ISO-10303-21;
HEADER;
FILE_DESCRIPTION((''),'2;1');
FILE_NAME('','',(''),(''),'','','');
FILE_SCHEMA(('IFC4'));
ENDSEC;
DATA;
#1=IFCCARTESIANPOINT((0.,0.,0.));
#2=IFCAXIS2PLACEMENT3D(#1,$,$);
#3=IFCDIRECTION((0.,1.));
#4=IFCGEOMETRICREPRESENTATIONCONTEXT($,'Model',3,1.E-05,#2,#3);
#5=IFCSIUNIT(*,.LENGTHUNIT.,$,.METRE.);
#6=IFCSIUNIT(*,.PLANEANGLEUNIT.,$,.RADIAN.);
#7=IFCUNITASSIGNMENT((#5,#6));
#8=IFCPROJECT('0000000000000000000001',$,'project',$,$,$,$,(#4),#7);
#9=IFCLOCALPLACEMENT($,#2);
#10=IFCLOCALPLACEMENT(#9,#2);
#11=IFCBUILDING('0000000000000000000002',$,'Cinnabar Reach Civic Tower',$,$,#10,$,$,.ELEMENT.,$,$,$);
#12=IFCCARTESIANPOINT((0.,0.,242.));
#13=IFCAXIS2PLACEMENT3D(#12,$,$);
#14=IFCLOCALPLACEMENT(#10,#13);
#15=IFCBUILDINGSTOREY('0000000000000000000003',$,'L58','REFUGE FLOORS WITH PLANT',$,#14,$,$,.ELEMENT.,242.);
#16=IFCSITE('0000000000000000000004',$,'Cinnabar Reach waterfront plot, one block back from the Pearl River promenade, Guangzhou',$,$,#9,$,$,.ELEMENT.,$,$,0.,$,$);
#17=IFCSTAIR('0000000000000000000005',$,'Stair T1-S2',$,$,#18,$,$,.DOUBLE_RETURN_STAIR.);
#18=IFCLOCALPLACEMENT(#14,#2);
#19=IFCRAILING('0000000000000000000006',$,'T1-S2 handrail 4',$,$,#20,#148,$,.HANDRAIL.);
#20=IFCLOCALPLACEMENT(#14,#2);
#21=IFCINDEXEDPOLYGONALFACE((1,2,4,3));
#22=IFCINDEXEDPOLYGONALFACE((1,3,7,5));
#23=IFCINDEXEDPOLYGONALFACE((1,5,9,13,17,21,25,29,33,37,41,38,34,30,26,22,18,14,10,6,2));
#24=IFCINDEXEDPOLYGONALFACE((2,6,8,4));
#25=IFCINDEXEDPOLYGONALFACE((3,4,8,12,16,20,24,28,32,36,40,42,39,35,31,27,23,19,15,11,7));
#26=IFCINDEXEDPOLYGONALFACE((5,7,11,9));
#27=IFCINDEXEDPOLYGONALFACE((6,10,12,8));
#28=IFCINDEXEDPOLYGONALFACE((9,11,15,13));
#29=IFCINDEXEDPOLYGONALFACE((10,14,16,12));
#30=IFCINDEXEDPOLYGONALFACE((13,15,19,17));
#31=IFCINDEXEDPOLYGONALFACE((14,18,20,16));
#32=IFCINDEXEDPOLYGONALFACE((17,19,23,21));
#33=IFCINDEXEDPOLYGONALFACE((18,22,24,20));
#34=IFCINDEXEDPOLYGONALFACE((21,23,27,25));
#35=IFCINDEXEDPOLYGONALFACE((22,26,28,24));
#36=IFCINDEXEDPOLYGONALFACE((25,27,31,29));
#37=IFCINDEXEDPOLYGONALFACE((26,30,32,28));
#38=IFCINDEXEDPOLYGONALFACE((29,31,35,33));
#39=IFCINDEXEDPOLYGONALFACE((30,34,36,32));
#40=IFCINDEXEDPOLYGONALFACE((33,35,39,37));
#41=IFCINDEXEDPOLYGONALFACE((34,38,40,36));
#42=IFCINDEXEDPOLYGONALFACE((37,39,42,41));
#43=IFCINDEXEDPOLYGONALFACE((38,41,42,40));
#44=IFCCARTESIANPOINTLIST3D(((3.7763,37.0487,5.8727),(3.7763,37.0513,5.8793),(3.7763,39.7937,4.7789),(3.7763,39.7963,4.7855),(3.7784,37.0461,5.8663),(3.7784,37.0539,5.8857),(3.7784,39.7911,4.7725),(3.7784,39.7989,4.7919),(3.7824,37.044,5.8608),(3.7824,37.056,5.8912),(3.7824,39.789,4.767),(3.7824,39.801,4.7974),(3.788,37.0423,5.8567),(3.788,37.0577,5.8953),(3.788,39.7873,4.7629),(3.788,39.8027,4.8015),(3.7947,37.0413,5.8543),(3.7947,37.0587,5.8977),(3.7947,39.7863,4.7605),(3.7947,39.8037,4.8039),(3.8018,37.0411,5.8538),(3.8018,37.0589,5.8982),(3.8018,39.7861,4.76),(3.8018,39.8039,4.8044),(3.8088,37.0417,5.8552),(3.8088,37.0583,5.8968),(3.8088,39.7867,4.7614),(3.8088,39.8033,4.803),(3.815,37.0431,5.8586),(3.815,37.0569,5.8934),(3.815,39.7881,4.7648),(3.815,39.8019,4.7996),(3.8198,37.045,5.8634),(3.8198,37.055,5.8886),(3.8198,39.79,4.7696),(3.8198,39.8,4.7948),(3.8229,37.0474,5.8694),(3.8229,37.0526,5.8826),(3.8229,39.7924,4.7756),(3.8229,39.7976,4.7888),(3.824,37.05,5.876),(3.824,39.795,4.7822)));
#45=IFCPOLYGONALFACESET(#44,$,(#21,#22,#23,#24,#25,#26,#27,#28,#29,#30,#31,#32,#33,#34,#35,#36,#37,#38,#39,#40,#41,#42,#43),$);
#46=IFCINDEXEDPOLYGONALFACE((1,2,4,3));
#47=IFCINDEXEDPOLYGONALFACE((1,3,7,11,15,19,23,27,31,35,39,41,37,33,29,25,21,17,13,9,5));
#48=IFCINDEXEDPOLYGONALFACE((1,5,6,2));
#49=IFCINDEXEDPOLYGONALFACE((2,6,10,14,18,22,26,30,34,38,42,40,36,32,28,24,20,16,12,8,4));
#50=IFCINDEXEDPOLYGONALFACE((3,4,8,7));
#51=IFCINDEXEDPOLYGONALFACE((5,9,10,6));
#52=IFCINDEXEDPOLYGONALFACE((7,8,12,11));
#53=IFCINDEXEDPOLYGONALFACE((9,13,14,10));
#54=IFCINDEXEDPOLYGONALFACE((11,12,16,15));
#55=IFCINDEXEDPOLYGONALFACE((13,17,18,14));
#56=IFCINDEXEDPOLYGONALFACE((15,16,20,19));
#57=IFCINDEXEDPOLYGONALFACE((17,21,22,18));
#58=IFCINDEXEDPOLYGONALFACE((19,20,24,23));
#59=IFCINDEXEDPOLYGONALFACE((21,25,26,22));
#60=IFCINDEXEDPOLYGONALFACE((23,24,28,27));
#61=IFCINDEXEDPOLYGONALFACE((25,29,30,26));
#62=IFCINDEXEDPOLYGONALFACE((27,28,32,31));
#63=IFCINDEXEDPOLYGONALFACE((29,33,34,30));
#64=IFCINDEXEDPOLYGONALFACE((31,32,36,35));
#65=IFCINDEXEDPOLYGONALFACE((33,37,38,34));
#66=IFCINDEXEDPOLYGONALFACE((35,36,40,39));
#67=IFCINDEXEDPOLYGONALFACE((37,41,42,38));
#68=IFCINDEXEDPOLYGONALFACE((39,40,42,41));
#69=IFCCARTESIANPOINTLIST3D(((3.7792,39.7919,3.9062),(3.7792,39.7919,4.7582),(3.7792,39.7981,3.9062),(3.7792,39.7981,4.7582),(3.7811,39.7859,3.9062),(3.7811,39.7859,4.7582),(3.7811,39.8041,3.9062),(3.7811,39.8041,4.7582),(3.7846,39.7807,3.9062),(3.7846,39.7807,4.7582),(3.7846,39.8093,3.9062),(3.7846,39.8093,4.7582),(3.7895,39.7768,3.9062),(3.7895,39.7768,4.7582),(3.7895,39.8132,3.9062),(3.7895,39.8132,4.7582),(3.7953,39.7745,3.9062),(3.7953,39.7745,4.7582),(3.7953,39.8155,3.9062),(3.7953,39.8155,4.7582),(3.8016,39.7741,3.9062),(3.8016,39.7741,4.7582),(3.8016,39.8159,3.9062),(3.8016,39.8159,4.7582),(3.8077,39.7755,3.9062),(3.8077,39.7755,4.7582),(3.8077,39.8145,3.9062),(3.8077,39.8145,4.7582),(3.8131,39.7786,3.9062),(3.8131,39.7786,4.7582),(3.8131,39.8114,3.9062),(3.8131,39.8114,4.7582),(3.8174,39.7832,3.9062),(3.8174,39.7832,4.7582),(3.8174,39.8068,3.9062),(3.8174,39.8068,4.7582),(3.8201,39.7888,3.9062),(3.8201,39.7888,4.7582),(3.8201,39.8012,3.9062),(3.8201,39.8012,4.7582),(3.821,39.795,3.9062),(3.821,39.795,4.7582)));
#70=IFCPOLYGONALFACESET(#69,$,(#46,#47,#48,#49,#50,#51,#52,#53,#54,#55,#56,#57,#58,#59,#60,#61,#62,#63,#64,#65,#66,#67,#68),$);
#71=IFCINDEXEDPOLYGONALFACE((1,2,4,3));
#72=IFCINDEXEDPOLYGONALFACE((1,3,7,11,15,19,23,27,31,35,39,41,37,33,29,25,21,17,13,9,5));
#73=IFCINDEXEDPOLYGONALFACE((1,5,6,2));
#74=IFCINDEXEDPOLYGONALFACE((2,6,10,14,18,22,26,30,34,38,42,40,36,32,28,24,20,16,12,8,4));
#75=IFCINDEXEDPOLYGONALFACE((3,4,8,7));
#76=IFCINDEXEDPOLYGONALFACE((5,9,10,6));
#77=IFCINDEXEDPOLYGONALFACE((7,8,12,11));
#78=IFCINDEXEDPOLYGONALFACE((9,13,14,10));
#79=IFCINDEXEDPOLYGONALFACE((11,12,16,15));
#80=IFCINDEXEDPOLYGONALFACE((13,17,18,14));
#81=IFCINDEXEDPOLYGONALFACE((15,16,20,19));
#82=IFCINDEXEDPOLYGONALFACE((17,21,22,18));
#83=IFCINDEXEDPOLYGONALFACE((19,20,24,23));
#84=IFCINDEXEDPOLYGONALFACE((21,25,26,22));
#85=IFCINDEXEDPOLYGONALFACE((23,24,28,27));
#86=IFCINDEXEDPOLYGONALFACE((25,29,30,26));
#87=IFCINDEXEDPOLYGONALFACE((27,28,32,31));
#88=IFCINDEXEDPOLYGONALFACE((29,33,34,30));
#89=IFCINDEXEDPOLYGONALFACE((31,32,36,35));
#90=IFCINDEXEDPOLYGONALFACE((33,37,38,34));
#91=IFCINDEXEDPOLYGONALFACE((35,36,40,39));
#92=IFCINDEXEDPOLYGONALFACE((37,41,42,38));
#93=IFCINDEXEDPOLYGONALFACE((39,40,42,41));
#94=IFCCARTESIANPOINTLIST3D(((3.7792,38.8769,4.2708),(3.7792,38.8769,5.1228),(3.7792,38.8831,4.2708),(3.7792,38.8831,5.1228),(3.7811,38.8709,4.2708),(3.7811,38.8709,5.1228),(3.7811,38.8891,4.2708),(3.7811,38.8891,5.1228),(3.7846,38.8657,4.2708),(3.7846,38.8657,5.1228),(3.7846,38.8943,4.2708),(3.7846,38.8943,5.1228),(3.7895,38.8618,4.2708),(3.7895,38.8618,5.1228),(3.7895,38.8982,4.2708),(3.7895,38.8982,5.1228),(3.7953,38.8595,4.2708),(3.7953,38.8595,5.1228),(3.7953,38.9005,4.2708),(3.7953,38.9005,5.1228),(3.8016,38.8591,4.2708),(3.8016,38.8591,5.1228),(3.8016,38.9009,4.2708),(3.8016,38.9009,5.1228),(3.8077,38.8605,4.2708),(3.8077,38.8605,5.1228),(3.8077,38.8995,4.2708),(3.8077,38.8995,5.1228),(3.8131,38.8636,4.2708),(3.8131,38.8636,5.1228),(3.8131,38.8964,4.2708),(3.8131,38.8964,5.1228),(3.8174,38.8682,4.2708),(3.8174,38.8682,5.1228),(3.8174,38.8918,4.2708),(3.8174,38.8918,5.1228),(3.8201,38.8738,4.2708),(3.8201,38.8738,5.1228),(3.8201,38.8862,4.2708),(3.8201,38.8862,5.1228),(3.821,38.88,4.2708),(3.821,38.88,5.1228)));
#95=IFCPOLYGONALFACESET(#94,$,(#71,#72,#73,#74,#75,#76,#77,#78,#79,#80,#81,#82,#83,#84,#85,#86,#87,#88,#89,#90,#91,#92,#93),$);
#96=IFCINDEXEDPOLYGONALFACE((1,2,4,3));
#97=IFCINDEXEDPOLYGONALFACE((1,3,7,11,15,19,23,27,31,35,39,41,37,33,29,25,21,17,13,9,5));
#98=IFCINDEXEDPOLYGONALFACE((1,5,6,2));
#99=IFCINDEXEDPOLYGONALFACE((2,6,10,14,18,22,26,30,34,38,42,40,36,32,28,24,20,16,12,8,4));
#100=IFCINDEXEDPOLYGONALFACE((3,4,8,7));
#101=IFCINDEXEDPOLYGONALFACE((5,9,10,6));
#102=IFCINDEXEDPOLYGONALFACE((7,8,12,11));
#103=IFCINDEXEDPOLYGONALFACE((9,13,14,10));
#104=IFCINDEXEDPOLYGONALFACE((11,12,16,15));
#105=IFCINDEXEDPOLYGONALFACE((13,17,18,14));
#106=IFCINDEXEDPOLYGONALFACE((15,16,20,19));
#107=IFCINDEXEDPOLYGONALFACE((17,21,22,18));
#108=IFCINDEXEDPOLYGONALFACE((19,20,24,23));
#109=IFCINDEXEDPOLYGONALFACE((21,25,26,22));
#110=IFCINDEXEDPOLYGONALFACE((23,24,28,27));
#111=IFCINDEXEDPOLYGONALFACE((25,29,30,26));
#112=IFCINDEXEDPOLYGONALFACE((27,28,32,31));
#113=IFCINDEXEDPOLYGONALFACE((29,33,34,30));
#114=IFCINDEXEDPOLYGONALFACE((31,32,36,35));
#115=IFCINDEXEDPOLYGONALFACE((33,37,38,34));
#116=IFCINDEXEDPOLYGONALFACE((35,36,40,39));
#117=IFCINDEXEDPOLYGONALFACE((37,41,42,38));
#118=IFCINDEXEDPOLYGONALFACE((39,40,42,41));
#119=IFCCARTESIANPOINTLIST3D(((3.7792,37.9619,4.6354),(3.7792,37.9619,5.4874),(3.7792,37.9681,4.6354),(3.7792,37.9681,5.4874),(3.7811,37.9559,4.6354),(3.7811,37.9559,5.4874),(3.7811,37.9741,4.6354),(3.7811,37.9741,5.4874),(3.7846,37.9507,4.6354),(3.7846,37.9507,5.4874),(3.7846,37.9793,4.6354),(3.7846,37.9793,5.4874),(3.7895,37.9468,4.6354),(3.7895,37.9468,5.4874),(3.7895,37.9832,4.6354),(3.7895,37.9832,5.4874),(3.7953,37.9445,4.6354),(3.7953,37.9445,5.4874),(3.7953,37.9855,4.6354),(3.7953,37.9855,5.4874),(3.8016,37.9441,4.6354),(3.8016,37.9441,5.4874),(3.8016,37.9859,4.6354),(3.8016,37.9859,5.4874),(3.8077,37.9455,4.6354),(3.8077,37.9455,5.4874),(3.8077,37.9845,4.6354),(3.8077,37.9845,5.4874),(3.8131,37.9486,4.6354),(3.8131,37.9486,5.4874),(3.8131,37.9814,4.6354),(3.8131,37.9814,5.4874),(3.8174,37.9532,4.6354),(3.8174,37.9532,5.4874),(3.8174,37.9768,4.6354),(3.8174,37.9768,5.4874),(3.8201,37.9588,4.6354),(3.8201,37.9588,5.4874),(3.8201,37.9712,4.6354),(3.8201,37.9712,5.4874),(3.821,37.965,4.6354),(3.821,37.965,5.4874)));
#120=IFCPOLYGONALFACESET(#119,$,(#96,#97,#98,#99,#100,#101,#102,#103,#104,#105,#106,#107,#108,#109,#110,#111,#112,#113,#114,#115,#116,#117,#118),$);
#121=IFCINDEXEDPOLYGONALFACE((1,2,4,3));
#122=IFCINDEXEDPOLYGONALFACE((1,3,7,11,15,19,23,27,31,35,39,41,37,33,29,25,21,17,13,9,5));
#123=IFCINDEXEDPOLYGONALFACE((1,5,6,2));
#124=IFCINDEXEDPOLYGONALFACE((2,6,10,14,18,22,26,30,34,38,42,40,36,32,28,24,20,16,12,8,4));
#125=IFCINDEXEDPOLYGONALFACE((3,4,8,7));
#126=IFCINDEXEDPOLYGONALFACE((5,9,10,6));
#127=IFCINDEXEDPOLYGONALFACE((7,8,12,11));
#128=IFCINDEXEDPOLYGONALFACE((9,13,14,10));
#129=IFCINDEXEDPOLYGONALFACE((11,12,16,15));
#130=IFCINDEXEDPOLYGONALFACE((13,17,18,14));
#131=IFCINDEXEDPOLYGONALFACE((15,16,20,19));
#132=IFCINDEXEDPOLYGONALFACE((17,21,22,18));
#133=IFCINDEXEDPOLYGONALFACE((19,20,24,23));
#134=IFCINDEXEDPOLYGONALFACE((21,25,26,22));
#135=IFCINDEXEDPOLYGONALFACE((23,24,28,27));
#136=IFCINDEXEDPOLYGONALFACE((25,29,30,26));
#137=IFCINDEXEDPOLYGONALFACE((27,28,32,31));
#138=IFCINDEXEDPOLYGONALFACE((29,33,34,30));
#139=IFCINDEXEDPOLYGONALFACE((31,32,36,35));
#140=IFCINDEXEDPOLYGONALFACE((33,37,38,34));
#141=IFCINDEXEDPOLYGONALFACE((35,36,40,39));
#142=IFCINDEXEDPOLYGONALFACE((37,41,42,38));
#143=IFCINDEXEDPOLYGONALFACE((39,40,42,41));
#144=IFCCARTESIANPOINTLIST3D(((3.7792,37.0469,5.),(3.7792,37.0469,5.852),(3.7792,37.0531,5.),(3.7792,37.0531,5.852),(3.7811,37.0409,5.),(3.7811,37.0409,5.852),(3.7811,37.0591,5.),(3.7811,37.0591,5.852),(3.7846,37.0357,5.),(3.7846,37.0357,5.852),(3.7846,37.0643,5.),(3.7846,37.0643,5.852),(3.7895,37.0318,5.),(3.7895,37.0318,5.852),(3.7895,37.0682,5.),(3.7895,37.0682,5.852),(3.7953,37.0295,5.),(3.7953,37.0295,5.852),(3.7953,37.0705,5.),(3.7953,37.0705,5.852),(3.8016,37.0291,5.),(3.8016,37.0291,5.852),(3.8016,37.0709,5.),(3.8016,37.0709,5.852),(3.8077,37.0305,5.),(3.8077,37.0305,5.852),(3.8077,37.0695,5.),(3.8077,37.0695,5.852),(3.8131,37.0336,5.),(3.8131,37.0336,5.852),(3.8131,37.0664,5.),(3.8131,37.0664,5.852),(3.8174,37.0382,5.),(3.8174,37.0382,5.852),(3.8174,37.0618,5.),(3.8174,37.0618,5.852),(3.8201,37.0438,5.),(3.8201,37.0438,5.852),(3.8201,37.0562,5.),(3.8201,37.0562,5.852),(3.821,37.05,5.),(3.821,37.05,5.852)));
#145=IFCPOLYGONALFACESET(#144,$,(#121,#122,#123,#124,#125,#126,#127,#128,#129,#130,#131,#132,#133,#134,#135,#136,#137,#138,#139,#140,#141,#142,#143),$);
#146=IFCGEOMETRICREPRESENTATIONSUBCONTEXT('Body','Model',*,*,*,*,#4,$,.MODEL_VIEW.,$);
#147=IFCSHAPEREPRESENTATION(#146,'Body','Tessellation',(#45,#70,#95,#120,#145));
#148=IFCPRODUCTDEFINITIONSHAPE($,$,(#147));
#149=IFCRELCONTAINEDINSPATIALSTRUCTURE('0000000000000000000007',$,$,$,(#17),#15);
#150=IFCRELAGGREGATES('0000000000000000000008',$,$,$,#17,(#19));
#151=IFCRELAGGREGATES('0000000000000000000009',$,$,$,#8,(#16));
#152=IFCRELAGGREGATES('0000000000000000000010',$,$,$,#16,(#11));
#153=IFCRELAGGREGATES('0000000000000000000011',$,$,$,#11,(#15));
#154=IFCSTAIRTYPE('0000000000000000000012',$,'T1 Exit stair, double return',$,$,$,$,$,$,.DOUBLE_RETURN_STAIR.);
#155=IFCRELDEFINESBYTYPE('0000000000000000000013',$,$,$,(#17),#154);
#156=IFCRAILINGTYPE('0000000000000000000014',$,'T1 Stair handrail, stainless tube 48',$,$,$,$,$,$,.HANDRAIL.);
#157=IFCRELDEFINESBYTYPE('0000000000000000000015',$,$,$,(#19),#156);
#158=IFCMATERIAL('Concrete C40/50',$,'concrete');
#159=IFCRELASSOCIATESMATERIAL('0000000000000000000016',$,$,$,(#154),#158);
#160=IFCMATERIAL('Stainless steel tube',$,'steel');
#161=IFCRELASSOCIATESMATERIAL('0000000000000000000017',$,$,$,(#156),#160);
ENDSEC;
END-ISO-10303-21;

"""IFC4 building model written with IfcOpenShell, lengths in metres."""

from ifc_helpers import new_model, si_unit, direction, frame, origin, origin_2d, place, context, subcontext, project, spatial, circle, extrude, material, type_object, element, aggregate, save


model = new_model("IFC4")

# Units and contexts
model_context = context("Model", 3, precision=1e-05, world=origin(), true_north=direction((0.0, 1.0)))
body_context = subcontext(model_context, "Body", "Model", "MODEL_VIEW")
ifc_project = project(units=[si_unit("LENGTHUNIT", "METRE"), si_unit("PLANEANGLEUNIT", "RADIAN")], contexts=[model_context])

# Site, building, storey
site_placement = place(None, origin())
site = spatial("IfcSite", under=ifc_project, at=site_placement, Name="Cinnabar Reach waterfront plot, one block back from the Pearl River promenade, Guangzhou", CompositionType="ELEMENT", RefElevation=0.0)
building_placement = place(site_placement, origin())
building = spatial("IfcBuilding", under=site, at=building_placement, Name="Cinnabar Reach Civic Tower", CompositionType="ELEMENT")
storey_placement = place(building_placement, frame((0.0, 0.0, 242.0)))
storey = spatial("IfcBuildingStorey", under=building, at=storey_placement, Name="L58", Description="REFUGE FLOORS WITH PLANT", CompositionType="ELEMENT", Elevation=242.0)

# Shared definitions
ifc_material_1 = material(Name="Concrete C40/50", Category="concrete")

# Stair, railing
stair_type = type_object("IfcStairType", Name="T1 Exit stair, double return", PredefinedType="DOUBLE_RETURN_STAIR", material=ifc_material_1)
stair_placement = place(storey_placement, origin())
stair = element("IfcStair", 1, at=stair_placement, inside=storey, type_object=stair_type, Name="Stair T1-S2", PredefinedType="DOUBLE_RETURN_STAIR")
ifc_material_2 = material(Name="Stainless steel tube", Category="steel")
railing_type = type_object("IfcRailingType", Name="T1 Stair handrail, stainless tube 48", PredefinedType="HANDRAIL", material=ifc_material_2)
railing_1_placement = place(storey_placement, frame((3.8, 39.795, 3.9062)))
railing_1 = element("IfcRailing", 2, at=railing_1_placement, type_object=railing_type, Name="T1-S2 handrail 4", PredefinedType="HANDRAIL", context=body_context, shape_type="SweptSolid", body=[
    extrude(circle(Radius=0.024, at=origin_2d()), frame((0.0, 0.0, 0.876), z_axis=(0.0, -0.928966, 0.370165), x_axis=(1.0, 0.0, 0.0)), (0.0, 0.0, 1.0), 2.9549),
    extrude(circle(Radius=0.021, at=origin_2d()), origin(), (0.0, 0.0, 1.0), 0.852),
    extrude(circle(Radius=0.021, at=origin_2d()), frame((0.0, -0.915, 0.3646)), (0.0, 0.0, 1.0), 0.852),
    extrude(circle(Radius=0.021, at=origin_2d()), frame((0.0, -1.83, 0.7292)), (0.0, 0.0, 1.0), 0.852),
    extrude(circle(Radius=0.021, at=origin_2d()), frame((0.0, -2.745, 1.0938)), (0.0, 0.0, 1.0), 0.852),
])
aggregate(stair, [railing_1])

save(model, "model.ifc")
